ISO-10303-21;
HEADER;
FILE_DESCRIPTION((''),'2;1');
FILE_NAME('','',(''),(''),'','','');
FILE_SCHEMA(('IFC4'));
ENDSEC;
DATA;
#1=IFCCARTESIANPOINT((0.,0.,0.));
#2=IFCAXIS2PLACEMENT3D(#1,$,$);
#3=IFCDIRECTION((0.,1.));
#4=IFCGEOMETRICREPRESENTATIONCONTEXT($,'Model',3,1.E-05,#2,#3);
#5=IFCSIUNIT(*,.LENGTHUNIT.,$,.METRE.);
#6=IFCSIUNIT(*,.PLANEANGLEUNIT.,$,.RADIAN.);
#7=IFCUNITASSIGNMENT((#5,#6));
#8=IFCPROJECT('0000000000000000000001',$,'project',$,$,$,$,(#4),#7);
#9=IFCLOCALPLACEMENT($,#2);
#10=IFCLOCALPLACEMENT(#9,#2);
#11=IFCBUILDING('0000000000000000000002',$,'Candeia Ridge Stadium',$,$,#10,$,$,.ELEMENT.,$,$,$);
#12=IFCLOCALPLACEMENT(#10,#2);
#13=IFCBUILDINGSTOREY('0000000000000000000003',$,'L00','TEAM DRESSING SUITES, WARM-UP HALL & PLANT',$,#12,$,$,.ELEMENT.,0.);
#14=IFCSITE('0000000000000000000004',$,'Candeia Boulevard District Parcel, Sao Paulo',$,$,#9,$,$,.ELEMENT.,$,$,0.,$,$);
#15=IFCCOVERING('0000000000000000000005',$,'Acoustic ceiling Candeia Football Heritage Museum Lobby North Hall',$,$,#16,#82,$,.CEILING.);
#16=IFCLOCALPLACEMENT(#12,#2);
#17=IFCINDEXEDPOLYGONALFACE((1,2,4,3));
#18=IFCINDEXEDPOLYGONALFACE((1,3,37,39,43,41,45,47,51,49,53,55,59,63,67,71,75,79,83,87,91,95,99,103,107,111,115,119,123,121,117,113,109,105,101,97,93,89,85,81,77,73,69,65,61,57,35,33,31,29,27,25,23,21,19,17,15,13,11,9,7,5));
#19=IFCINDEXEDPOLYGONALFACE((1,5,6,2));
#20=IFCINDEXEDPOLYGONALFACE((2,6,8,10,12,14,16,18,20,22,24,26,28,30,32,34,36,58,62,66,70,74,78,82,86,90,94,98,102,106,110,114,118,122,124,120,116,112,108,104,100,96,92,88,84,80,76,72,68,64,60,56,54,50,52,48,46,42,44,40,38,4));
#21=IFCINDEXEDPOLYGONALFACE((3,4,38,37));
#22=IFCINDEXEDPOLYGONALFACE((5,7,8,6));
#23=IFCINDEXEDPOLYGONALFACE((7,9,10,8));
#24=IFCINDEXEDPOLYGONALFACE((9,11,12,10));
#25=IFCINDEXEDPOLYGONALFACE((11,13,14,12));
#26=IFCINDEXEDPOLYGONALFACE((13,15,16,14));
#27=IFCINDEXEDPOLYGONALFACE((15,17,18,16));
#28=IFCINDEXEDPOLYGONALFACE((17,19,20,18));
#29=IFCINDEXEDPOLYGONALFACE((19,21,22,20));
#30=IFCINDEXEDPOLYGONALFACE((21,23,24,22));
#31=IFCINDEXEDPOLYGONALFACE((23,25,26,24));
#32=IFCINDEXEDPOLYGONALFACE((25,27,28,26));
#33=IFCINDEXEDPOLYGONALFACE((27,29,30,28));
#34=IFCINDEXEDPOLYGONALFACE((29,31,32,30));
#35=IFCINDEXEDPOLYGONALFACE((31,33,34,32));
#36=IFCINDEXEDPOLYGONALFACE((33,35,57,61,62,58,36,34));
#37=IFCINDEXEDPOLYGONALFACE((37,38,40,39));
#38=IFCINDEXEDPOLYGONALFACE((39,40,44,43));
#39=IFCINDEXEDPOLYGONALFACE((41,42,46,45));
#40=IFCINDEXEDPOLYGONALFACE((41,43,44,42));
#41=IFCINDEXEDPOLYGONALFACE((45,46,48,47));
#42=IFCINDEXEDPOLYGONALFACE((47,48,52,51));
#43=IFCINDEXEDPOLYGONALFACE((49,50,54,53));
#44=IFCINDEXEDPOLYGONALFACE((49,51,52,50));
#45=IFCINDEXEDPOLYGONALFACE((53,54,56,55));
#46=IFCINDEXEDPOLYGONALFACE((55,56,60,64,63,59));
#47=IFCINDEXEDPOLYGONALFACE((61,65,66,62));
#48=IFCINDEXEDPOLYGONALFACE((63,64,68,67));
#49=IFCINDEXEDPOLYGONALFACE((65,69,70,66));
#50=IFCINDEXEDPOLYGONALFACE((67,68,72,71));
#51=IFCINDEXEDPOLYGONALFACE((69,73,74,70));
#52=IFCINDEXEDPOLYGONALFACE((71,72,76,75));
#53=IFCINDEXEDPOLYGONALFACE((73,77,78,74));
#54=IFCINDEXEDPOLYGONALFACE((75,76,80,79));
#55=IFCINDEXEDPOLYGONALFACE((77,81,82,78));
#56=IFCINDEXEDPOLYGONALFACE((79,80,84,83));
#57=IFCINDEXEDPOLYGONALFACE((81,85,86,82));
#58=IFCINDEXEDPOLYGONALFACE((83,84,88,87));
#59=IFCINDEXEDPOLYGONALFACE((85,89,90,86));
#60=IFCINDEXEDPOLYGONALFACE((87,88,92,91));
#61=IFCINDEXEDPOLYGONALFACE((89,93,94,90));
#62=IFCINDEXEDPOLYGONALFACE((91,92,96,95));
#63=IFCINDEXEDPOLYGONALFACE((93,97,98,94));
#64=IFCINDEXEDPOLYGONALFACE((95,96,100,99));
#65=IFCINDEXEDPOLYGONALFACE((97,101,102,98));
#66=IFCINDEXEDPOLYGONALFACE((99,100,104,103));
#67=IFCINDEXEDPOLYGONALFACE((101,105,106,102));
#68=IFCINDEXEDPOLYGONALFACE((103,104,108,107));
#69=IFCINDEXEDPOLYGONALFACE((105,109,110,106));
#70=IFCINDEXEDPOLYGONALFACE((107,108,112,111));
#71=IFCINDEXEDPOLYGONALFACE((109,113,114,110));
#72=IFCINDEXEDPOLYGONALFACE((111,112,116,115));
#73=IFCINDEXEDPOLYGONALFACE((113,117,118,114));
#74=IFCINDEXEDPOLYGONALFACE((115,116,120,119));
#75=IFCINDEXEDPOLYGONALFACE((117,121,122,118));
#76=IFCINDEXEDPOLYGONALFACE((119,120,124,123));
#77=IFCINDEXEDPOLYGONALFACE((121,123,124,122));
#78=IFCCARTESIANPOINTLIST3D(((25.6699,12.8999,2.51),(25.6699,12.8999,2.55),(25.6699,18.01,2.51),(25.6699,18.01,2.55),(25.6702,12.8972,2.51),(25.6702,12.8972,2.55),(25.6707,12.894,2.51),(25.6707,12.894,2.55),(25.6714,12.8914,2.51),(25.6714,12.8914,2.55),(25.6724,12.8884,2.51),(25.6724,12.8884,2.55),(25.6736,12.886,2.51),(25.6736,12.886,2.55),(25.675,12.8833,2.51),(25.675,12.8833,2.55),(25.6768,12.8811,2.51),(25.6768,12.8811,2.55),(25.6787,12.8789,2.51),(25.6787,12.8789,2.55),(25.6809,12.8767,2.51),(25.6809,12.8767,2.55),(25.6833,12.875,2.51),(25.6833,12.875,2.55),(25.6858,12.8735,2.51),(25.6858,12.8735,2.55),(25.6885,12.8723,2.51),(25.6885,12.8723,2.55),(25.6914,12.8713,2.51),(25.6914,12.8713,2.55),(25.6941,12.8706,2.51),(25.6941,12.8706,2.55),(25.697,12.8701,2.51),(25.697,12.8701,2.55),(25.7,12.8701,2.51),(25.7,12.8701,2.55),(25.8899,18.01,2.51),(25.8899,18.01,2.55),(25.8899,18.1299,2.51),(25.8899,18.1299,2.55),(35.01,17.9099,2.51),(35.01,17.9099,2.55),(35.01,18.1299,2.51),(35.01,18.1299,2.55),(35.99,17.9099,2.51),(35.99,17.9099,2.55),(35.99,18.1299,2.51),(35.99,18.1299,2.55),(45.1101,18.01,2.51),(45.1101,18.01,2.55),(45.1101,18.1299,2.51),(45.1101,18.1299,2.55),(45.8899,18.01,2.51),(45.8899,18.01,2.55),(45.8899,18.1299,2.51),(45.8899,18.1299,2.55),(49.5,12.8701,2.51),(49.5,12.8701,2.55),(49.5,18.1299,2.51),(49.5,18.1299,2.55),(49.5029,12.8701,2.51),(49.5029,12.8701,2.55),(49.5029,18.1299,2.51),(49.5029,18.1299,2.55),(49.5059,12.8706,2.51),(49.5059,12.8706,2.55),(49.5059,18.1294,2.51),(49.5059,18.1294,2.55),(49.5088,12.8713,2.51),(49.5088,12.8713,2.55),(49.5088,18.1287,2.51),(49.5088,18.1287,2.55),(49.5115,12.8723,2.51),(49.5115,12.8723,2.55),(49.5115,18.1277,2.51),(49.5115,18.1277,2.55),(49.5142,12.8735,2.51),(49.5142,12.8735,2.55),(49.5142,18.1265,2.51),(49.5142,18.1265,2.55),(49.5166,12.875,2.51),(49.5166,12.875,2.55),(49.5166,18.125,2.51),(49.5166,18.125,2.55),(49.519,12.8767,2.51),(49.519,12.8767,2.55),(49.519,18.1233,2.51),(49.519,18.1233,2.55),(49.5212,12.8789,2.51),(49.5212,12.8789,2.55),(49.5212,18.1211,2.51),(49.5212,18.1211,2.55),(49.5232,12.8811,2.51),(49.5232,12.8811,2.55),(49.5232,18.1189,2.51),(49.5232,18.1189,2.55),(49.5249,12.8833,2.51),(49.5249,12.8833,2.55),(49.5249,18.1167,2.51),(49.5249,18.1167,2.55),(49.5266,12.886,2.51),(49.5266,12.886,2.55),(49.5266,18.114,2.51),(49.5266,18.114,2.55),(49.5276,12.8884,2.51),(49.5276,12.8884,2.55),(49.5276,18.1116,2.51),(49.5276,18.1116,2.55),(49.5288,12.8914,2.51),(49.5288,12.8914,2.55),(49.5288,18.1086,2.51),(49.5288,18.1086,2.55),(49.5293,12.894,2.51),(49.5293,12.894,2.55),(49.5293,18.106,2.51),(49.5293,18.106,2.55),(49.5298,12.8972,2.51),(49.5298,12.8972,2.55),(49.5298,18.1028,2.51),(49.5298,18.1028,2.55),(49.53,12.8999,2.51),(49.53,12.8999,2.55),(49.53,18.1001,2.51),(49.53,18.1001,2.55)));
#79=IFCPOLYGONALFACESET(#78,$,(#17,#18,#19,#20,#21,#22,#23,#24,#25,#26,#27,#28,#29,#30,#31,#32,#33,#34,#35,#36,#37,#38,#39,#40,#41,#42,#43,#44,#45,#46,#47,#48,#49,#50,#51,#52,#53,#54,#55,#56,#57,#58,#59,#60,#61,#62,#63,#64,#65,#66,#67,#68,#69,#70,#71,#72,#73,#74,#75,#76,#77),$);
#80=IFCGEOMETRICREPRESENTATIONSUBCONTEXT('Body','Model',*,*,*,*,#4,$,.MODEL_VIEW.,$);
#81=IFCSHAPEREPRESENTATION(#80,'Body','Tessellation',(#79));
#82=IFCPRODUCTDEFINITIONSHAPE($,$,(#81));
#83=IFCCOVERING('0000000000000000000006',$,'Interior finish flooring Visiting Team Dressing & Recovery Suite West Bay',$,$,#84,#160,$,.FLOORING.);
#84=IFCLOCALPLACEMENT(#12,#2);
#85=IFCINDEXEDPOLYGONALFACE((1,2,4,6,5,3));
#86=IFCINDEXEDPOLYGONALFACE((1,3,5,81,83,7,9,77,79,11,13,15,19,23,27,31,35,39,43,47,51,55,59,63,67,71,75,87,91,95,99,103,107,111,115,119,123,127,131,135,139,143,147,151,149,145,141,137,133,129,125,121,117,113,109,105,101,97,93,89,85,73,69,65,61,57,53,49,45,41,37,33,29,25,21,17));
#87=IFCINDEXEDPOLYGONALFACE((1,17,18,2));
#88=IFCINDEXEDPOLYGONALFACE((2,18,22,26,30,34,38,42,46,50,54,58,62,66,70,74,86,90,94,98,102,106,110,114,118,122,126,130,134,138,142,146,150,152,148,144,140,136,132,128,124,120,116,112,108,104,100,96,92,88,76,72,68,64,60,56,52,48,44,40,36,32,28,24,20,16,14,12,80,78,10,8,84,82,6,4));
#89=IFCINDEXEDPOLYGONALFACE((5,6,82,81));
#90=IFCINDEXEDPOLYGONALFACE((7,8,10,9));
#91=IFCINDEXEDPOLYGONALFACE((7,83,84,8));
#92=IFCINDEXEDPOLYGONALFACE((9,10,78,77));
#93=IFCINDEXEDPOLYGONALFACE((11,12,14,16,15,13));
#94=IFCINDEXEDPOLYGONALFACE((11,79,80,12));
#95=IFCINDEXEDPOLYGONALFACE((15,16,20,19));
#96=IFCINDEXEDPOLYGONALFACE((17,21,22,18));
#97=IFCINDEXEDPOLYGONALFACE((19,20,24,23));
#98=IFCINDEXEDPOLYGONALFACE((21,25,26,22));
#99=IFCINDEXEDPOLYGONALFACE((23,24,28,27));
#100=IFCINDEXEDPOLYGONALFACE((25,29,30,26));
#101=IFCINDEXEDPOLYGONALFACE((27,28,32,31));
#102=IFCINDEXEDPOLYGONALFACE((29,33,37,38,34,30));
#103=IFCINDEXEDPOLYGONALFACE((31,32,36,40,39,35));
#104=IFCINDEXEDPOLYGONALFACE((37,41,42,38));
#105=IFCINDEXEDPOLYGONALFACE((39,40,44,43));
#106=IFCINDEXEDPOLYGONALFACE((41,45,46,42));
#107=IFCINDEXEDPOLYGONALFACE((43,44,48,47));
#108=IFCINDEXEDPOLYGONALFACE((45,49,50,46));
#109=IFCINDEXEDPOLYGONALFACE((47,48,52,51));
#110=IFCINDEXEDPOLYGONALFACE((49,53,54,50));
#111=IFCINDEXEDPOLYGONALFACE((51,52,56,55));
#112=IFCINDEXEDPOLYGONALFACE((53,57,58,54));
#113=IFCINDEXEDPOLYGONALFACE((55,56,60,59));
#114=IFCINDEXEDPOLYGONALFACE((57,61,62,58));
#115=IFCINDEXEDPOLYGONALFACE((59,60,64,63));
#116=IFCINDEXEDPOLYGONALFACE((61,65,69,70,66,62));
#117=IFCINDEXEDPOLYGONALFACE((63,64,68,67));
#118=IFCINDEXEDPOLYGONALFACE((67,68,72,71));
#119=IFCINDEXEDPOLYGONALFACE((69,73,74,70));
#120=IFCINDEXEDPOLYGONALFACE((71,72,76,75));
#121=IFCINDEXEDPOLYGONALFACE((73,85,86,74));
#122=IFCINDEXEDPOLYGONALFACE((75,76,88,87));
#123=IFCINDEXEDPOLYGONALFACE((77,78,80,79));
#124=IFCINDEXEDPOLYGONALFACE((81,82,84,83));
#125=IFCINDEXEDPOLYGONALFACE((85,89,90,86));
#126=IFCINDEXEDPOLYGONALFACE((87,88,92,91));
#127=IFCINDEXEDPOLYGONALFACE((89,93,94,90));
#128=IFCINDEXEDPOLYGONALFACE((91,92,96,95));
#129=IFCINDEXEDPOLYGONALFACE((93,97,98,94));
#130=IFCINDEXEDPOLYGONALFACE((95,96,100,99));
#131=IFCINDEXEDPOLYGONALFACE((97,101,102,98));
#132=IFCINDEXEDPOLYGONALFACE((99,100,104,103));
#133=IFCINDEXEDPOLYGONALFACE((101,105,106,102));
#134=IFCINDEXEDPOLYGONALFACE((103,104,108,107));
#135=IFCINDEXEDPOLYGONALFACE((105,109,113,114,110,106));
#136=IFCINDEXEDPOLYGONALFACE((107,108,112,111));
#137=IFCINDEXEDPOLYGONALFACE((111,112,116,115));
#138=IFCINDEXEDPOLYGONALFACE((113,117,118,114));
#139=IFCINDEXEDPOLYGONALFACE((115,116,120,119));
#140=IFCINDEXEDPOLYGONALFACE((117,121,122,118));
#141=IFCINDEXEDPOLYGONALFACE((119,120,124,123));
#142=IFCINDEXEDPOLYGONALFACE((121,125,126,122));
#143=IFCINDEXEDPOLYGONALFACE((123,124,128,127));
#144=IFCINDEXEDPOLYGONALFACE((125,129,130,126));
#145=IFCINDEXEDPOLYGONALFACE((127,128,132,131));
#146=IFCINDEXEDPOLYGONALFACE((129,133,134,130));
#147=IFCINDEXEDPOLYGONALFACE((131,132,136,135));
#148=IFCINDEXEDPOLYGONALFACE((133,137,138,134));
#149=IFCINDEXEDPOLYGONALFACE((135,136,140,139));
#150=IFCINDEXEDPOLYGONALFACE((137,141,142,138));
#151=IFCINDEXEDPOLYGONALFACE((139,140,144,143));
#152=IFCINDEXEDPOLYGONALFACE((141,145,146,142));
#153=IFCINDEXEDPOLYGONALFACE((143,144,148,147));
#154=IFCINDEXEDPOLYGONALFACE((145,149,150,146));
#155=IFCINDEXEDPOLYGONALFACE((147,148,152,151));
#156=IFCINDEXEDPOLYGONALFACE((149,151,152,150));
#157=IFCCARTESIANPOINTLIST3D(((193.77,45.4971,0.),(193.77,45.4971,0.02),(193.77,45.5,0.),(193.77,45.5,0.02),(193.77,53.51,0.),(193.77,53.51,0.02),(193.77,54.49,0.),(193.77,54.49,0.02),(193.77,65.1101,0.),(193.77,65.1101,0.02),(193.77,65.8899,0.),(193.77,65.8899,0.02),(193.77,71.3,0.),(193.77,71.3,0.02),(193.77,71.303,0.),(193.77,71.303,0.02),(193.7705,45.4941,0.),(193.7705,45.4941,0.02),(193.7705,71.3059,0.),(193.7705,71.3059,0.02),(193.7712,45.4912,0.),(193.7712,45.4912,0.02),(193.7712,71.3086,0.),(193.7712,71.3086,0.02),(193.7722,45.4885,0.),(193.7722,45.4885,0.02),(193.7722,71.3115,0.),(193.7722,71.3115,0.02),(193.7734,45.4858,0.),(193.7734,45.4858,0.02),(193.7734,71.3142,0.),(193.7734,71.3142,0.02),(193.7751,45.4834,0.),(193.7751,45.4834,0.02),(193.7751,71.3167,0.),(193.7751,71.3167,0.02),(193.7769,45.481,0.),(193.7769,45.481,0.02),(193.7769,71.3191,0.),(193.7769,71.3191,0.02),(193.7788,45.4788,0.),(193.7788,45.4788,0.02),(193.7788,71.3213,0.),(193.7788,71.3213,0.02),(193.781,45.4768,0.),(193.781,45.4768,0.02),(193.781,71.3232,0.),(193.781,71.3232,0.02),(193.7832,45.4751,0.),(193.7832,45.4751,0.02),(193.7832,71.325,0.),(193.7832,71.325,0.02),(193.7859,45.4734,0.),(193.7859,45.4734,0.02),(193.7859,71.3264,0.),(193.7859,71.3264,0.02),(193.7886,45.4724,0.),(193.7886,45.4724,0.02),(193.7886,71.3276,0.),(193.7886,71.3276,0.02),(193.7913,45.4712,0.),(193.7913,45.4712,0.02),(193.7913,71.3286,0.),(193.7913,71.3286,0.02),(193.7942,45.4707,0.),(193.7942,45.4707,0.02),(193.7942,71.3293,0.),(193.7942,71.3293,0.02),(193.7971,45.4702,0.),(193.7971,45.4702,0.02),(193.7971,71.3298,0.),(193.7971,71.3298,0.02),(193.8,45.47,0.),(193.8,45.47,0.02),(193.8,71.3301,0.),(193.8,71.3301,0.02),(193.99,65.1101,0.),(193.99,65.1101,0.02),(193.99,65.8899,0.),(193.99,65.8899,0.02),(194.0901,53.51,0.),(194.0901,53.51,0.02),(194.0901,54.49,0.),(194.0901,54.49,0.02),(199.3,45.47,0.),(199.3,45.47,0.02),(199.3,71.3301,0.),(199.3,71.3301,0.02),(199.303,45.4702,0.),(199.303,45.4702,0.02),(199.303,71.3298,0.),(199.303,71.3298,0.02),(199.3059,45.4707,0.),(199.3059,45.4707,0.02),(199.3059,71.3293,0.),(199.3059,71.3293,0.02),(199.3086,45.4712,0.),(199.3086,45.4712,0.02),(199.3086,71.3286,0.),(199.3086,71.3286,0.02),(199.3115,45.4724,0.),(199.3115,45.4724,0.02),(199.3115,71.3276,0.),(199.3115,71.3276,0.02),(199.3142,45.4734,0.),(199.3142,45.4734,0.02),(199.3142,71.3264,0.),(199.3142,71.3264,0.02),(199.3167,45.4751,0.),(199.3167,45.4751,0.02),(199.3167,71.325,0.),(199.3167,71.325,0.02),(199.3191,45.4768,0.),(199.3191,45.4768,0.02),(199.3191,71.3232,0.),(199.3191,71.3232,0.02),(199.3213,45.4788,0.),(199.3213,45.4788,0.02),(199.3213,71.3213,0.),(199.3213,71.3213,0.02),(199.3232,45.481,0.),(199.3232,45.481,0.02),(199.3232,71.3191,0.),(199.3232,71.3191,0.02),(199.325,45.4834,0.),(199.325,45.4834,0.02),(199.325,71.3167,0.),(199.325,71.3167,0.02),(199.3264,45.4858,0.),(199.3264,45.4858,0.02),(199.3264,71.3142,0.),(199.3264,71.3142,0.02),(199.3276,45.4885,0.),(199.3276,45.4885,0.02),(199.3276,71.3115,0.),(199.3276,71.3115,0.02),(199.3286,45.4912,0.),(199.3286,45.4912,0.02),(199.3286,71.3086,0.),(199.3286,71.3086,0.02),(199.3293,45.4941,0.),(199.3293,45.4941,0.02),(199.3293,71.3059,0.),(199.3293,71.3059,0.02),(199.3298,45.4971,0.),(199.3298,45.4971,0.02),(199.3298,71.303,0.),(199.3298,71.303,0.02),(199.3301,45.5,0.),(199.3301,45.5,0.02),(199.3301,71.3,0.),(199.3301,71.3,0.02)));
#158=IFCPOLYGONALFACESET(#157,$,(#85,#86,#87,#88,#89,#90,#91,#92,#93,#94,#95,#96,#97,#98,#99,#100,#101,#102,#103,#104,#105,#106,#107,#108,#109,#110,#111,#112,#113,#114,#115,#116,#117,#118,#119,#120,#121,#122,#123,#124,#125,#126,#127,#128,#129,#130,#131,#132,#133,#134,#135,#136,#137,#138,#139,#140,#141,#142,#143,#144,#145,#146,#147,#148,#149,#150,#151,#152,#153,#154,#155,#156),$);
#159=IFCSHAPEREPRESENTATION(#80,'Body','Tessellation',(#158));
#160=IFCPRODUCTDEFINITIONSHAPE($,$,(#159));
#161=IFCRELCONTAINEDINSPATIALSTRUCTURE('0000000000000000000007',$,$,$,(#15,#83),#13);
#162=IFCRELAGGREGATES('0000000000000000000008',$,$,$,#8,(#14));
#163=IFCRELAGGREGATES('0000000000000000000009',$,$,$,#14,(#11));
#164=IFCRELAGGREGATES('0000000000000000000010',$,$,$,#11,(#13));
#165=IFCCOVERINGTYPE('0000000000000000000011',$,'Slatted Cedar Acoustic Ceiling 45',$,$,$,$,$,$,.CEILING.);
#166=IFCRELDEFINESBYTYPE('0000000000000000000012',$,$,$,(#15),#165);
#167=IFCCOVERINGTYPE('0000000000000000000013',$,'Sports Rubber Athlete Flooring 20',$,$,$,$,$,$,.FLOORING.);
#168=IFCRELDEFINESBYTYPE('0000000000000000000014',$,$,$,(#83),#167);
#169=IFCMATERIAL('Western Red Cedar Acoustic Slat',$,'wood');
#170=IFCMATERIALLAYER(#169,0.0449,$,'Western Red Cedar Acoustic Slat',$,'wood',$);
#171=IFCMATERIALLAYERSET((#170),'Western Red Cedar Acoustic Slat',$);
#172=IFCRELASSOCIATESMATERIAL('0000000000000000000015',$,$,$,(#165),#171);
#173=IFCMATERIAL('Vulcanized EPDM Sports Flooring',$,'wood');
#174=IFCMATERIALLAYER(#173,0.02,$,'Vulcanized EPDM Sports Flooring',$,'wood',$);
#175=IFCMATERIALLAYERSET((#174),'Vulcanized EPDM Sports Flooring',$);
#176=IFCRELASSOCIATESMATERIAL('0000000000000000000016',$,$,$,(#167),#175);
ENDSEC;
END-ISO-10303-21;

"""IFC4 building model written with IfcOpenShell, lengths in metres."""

from ifc_helpers import new_model, si_unit, direction, frame, origin, place, context, subcontext, project, spatial, polyline, outline, extrude, material, layer, layer_set, type_object, element, save


model = new_model("IFC4")

# Units and contexts
model_context = context("Model", 3, precision=1e-05, world=origin(), true_north=direction((0.0, 1.0)))
body_context = subcontext(model_context, "Body", "Model", "MODEL_VIEW")
ifc_project = project(units=[si_unit("LENGTHUNIT", "METRE"), si_unit("PLANEANGLEUNIT", "RADIAN")], contexts=[model_context])

# Site, building, storey
site_placement = place(None, origin())
site = spatial("IfcSite", under=ifc_project, at=site_placement, Name="Candeia Boulevard District Parcel, Sao Paulo", CompositionType="ELEMENT", RefElevation=0.0)
building_placement = place(site_placement, origin())
building = spatial("IfcBuilding", under=site, at=building_placement, Name="Candeia Ridge Stadium", CompositionType="ELEMENT")
storey_placement = place(building_placement, origin())
storey = spatial("IfcBuildingStorey", under=building, at=storey_placement, Name="L00", Description="TEAM DRESSING SUITES, WARM-UP HALL & PLANT", CompositionType="ELEMENT", Elevation=0.0)

# Coverings
ifc_material_1 = material(Name="Western Red Cedar Acoustic Slat", Category="wood")
ifc_layer_1 = layer(ifc_material_1, 0.0449, Name="Western Red Cedar Acoustic Slat", Category="wood")
ifc_layer_set_1 = layer_set([ifc_layer_1], Name="Western Red Cedar Acoustic Slat")
covering_type_1 = type_object("IfcCoveringType", Name="Slatted Cedar Acoustic Ceiling 45", PredefinedType="CEILING", material=ifc_layer_set_1)
covering_1_placement = place(storey_placement, frame((0.0, 0.0, 2.51)))
element("IfcCovering", 1, at=covering_1_placement, inside=storey, type_object=covering_type_1, Name="Acoustic ceiling Candeia Football Heritage Museum Lobby North Hall", PredefinedType="CEILING", context=body_context, shape_type="SweptSolid", body=[
    extrude(outline(polyline([(25.6941, 12.8706), (25.6914, 12.8713), (25.6885, 12.8723), (25.6858, 12.8735), (25.6833, 12.875), (25.6809, 12.8767), (25.6787, 12.8789), (25.6768, 12.8811), (25.675, 12.8833), (25.6736, 12.886), (25.6724, 12.8884), (25.6714, 12.8914), (25.6707, 12.894), (25.6702, 12.8972), (25.6699, 12.8999), (25.6699, 18.01), (25.8899, 18.01), (25.8899, 18.1299), (35.01, 18.1299), (35.01, 17.9099), (35.99, 17.9099), (35.99, 18.1299), (45.1101, 18.1299), (45.1101, 18.01), (45.8899, 18.01), (45.8899, 18.1299), (49.5, 18.1299), (49.5029, 18.1299), (49.5059, 18.1294), (49.5088, 18.1287), (49.5115, 18.1277), (49.5142, 18.1265), (49.5166, 18.125), (49.519, 18.1233), (49.5212, 18.1211), (49.5232, 18.1189), (49.5249, 18.1167), (49.5266, 18.114), (49.5276, 18.1116), (49.5288, 18.1086), (49.5293, 18.106), (49.5298, 18.1028), (49.53, 18.1001), (49.53, 12.8999), (49.5298, 12.8972), (49.5293, 12.894), (49.5288, 12.8914), (49.5276, 12.8884), (49.5266, 12.886), (49.5249, 12.8833), (49.5232, 12.8811), (49.5212, 12.8789), (49.519, 12.8767), (49.5166, 12.875), (49.5142, 12.8735), (49.5115, 12.8723), (49.5088, 12.8713), (49.5059, 12.8706), (49.5029, 12.8701), (49.5, 12.8701), (25.7, 12.8701), (25.697, 12.8701), (25.6941, 12.8706)])), origin(), (0.0, 0.0, 1.0), 0.04),
])
ifc_material_2 = material(Name="Vulcanized EPDM Sports Flooring", Category="wood")
ifc_layer_2 = layer(ifc_material_2, 0.02, Name="Vulcanized EPDM Sports Flooring", Category="wood")
ifc_layer_set_2 = layer_set([ifc_layer_2], Name="Vulcanized EPDM Sports Flooring")
covering_type_2 = type_object("IfcCoveringType", Name="Sports Rubber Athlete Flooring 20", PredefinedType="FLOORING", material=ifc_layer_set_2)
covering_2_placement = place(storey_placement, origin())
element("IfcCovering", 2, at=covering_2_placement, inside=storey, type_object=covering_type_2, Name="Interior finish flooring Visiting Team Dressing & Recovery Suite West Bay", PredefinedType="FLOORING", context=body_context, shape_type="SweptSolid", body=[
    extrude(outline(polyline([(193.7942, 45.4707), (193.7913, 45.4712), (193.7886, 45.4724), (193.7859, 45.4734), (193.7832, 45.4751), (193.781, 45.4768), (193.7788, 45.4788), (193.7769, 45.481), (193.7751, 45.4834), (193.7734, 45.4858), (193.7722, 45.4885), (193.7712, 45.4912), (193.7705, 45.4941), (193.77, 45.4971), (193.77, 45.5), (193.77, 53.51), (194.0901, 53.51), (194.0901, 54.49), (193.77, 54.49), (193.77, 65.1101), (193.99, 65.1101), (193.99, 65.8899), (193.77, 65.8899), (193.77, 71.3), (193.77, 71.303), (193.7705, 71.3059), (193.7712, 71.3086), (193.7722, 71.3115), (193.7734, 71.3142), (193.7751, 71.3167), (193.7769, 71.3191), (193.7788, 71.3213), (193.781, 71.3232), (193.7832, 71.325), (193.7859, 71.3264), (193.7886, 71.3276), (193.7913, 71.3286), (193.7942, 71.3293), (193.7971, 71.3298), (193.8, 71.3301), (199.3, 71.3301), (199.303, 71.3298), (199.3059, 71.3293), (199.3086, 71.3286), (199.3115, 71.3276), (199.3142, 71.3264), (199.3167, 71.325), (199.3191, 71.3232), (199.3213, 71.3213), (199.3232, 71.3191), (199.325, 71.3167), (199.3264, 71.3142), (199.3276, 71.3115), (199.3286, 71.3086), (199.3293, 71.3059), (199.3298, 71.303), (199.3301, 71.3), (199.3301, 45.5), (199.3298, 45.4971), (199.3293, 45.4941), (199.3286, 45.4912), (199.3276, 45.4885), (199.3264, 45.4858), (199.325, 45.4834), (199.3232, 45.481), (199.3213, 45.4788), (199.3191, 45.4768), (199.3167, 45.4751), (199.3142, 45.4734), (199.3115, 45.4724), (199.3086, 45.4712), (199.3059, 45.4707), (199.303, 45.4702), (199.3, 45.47), (193.8, 45.47), (193.7971, 45.4702), (193.7942, 45.4707)])), origin(), (0.0, 0.0, 1.0), 0.02),
])

save(model, "model.ifc")
